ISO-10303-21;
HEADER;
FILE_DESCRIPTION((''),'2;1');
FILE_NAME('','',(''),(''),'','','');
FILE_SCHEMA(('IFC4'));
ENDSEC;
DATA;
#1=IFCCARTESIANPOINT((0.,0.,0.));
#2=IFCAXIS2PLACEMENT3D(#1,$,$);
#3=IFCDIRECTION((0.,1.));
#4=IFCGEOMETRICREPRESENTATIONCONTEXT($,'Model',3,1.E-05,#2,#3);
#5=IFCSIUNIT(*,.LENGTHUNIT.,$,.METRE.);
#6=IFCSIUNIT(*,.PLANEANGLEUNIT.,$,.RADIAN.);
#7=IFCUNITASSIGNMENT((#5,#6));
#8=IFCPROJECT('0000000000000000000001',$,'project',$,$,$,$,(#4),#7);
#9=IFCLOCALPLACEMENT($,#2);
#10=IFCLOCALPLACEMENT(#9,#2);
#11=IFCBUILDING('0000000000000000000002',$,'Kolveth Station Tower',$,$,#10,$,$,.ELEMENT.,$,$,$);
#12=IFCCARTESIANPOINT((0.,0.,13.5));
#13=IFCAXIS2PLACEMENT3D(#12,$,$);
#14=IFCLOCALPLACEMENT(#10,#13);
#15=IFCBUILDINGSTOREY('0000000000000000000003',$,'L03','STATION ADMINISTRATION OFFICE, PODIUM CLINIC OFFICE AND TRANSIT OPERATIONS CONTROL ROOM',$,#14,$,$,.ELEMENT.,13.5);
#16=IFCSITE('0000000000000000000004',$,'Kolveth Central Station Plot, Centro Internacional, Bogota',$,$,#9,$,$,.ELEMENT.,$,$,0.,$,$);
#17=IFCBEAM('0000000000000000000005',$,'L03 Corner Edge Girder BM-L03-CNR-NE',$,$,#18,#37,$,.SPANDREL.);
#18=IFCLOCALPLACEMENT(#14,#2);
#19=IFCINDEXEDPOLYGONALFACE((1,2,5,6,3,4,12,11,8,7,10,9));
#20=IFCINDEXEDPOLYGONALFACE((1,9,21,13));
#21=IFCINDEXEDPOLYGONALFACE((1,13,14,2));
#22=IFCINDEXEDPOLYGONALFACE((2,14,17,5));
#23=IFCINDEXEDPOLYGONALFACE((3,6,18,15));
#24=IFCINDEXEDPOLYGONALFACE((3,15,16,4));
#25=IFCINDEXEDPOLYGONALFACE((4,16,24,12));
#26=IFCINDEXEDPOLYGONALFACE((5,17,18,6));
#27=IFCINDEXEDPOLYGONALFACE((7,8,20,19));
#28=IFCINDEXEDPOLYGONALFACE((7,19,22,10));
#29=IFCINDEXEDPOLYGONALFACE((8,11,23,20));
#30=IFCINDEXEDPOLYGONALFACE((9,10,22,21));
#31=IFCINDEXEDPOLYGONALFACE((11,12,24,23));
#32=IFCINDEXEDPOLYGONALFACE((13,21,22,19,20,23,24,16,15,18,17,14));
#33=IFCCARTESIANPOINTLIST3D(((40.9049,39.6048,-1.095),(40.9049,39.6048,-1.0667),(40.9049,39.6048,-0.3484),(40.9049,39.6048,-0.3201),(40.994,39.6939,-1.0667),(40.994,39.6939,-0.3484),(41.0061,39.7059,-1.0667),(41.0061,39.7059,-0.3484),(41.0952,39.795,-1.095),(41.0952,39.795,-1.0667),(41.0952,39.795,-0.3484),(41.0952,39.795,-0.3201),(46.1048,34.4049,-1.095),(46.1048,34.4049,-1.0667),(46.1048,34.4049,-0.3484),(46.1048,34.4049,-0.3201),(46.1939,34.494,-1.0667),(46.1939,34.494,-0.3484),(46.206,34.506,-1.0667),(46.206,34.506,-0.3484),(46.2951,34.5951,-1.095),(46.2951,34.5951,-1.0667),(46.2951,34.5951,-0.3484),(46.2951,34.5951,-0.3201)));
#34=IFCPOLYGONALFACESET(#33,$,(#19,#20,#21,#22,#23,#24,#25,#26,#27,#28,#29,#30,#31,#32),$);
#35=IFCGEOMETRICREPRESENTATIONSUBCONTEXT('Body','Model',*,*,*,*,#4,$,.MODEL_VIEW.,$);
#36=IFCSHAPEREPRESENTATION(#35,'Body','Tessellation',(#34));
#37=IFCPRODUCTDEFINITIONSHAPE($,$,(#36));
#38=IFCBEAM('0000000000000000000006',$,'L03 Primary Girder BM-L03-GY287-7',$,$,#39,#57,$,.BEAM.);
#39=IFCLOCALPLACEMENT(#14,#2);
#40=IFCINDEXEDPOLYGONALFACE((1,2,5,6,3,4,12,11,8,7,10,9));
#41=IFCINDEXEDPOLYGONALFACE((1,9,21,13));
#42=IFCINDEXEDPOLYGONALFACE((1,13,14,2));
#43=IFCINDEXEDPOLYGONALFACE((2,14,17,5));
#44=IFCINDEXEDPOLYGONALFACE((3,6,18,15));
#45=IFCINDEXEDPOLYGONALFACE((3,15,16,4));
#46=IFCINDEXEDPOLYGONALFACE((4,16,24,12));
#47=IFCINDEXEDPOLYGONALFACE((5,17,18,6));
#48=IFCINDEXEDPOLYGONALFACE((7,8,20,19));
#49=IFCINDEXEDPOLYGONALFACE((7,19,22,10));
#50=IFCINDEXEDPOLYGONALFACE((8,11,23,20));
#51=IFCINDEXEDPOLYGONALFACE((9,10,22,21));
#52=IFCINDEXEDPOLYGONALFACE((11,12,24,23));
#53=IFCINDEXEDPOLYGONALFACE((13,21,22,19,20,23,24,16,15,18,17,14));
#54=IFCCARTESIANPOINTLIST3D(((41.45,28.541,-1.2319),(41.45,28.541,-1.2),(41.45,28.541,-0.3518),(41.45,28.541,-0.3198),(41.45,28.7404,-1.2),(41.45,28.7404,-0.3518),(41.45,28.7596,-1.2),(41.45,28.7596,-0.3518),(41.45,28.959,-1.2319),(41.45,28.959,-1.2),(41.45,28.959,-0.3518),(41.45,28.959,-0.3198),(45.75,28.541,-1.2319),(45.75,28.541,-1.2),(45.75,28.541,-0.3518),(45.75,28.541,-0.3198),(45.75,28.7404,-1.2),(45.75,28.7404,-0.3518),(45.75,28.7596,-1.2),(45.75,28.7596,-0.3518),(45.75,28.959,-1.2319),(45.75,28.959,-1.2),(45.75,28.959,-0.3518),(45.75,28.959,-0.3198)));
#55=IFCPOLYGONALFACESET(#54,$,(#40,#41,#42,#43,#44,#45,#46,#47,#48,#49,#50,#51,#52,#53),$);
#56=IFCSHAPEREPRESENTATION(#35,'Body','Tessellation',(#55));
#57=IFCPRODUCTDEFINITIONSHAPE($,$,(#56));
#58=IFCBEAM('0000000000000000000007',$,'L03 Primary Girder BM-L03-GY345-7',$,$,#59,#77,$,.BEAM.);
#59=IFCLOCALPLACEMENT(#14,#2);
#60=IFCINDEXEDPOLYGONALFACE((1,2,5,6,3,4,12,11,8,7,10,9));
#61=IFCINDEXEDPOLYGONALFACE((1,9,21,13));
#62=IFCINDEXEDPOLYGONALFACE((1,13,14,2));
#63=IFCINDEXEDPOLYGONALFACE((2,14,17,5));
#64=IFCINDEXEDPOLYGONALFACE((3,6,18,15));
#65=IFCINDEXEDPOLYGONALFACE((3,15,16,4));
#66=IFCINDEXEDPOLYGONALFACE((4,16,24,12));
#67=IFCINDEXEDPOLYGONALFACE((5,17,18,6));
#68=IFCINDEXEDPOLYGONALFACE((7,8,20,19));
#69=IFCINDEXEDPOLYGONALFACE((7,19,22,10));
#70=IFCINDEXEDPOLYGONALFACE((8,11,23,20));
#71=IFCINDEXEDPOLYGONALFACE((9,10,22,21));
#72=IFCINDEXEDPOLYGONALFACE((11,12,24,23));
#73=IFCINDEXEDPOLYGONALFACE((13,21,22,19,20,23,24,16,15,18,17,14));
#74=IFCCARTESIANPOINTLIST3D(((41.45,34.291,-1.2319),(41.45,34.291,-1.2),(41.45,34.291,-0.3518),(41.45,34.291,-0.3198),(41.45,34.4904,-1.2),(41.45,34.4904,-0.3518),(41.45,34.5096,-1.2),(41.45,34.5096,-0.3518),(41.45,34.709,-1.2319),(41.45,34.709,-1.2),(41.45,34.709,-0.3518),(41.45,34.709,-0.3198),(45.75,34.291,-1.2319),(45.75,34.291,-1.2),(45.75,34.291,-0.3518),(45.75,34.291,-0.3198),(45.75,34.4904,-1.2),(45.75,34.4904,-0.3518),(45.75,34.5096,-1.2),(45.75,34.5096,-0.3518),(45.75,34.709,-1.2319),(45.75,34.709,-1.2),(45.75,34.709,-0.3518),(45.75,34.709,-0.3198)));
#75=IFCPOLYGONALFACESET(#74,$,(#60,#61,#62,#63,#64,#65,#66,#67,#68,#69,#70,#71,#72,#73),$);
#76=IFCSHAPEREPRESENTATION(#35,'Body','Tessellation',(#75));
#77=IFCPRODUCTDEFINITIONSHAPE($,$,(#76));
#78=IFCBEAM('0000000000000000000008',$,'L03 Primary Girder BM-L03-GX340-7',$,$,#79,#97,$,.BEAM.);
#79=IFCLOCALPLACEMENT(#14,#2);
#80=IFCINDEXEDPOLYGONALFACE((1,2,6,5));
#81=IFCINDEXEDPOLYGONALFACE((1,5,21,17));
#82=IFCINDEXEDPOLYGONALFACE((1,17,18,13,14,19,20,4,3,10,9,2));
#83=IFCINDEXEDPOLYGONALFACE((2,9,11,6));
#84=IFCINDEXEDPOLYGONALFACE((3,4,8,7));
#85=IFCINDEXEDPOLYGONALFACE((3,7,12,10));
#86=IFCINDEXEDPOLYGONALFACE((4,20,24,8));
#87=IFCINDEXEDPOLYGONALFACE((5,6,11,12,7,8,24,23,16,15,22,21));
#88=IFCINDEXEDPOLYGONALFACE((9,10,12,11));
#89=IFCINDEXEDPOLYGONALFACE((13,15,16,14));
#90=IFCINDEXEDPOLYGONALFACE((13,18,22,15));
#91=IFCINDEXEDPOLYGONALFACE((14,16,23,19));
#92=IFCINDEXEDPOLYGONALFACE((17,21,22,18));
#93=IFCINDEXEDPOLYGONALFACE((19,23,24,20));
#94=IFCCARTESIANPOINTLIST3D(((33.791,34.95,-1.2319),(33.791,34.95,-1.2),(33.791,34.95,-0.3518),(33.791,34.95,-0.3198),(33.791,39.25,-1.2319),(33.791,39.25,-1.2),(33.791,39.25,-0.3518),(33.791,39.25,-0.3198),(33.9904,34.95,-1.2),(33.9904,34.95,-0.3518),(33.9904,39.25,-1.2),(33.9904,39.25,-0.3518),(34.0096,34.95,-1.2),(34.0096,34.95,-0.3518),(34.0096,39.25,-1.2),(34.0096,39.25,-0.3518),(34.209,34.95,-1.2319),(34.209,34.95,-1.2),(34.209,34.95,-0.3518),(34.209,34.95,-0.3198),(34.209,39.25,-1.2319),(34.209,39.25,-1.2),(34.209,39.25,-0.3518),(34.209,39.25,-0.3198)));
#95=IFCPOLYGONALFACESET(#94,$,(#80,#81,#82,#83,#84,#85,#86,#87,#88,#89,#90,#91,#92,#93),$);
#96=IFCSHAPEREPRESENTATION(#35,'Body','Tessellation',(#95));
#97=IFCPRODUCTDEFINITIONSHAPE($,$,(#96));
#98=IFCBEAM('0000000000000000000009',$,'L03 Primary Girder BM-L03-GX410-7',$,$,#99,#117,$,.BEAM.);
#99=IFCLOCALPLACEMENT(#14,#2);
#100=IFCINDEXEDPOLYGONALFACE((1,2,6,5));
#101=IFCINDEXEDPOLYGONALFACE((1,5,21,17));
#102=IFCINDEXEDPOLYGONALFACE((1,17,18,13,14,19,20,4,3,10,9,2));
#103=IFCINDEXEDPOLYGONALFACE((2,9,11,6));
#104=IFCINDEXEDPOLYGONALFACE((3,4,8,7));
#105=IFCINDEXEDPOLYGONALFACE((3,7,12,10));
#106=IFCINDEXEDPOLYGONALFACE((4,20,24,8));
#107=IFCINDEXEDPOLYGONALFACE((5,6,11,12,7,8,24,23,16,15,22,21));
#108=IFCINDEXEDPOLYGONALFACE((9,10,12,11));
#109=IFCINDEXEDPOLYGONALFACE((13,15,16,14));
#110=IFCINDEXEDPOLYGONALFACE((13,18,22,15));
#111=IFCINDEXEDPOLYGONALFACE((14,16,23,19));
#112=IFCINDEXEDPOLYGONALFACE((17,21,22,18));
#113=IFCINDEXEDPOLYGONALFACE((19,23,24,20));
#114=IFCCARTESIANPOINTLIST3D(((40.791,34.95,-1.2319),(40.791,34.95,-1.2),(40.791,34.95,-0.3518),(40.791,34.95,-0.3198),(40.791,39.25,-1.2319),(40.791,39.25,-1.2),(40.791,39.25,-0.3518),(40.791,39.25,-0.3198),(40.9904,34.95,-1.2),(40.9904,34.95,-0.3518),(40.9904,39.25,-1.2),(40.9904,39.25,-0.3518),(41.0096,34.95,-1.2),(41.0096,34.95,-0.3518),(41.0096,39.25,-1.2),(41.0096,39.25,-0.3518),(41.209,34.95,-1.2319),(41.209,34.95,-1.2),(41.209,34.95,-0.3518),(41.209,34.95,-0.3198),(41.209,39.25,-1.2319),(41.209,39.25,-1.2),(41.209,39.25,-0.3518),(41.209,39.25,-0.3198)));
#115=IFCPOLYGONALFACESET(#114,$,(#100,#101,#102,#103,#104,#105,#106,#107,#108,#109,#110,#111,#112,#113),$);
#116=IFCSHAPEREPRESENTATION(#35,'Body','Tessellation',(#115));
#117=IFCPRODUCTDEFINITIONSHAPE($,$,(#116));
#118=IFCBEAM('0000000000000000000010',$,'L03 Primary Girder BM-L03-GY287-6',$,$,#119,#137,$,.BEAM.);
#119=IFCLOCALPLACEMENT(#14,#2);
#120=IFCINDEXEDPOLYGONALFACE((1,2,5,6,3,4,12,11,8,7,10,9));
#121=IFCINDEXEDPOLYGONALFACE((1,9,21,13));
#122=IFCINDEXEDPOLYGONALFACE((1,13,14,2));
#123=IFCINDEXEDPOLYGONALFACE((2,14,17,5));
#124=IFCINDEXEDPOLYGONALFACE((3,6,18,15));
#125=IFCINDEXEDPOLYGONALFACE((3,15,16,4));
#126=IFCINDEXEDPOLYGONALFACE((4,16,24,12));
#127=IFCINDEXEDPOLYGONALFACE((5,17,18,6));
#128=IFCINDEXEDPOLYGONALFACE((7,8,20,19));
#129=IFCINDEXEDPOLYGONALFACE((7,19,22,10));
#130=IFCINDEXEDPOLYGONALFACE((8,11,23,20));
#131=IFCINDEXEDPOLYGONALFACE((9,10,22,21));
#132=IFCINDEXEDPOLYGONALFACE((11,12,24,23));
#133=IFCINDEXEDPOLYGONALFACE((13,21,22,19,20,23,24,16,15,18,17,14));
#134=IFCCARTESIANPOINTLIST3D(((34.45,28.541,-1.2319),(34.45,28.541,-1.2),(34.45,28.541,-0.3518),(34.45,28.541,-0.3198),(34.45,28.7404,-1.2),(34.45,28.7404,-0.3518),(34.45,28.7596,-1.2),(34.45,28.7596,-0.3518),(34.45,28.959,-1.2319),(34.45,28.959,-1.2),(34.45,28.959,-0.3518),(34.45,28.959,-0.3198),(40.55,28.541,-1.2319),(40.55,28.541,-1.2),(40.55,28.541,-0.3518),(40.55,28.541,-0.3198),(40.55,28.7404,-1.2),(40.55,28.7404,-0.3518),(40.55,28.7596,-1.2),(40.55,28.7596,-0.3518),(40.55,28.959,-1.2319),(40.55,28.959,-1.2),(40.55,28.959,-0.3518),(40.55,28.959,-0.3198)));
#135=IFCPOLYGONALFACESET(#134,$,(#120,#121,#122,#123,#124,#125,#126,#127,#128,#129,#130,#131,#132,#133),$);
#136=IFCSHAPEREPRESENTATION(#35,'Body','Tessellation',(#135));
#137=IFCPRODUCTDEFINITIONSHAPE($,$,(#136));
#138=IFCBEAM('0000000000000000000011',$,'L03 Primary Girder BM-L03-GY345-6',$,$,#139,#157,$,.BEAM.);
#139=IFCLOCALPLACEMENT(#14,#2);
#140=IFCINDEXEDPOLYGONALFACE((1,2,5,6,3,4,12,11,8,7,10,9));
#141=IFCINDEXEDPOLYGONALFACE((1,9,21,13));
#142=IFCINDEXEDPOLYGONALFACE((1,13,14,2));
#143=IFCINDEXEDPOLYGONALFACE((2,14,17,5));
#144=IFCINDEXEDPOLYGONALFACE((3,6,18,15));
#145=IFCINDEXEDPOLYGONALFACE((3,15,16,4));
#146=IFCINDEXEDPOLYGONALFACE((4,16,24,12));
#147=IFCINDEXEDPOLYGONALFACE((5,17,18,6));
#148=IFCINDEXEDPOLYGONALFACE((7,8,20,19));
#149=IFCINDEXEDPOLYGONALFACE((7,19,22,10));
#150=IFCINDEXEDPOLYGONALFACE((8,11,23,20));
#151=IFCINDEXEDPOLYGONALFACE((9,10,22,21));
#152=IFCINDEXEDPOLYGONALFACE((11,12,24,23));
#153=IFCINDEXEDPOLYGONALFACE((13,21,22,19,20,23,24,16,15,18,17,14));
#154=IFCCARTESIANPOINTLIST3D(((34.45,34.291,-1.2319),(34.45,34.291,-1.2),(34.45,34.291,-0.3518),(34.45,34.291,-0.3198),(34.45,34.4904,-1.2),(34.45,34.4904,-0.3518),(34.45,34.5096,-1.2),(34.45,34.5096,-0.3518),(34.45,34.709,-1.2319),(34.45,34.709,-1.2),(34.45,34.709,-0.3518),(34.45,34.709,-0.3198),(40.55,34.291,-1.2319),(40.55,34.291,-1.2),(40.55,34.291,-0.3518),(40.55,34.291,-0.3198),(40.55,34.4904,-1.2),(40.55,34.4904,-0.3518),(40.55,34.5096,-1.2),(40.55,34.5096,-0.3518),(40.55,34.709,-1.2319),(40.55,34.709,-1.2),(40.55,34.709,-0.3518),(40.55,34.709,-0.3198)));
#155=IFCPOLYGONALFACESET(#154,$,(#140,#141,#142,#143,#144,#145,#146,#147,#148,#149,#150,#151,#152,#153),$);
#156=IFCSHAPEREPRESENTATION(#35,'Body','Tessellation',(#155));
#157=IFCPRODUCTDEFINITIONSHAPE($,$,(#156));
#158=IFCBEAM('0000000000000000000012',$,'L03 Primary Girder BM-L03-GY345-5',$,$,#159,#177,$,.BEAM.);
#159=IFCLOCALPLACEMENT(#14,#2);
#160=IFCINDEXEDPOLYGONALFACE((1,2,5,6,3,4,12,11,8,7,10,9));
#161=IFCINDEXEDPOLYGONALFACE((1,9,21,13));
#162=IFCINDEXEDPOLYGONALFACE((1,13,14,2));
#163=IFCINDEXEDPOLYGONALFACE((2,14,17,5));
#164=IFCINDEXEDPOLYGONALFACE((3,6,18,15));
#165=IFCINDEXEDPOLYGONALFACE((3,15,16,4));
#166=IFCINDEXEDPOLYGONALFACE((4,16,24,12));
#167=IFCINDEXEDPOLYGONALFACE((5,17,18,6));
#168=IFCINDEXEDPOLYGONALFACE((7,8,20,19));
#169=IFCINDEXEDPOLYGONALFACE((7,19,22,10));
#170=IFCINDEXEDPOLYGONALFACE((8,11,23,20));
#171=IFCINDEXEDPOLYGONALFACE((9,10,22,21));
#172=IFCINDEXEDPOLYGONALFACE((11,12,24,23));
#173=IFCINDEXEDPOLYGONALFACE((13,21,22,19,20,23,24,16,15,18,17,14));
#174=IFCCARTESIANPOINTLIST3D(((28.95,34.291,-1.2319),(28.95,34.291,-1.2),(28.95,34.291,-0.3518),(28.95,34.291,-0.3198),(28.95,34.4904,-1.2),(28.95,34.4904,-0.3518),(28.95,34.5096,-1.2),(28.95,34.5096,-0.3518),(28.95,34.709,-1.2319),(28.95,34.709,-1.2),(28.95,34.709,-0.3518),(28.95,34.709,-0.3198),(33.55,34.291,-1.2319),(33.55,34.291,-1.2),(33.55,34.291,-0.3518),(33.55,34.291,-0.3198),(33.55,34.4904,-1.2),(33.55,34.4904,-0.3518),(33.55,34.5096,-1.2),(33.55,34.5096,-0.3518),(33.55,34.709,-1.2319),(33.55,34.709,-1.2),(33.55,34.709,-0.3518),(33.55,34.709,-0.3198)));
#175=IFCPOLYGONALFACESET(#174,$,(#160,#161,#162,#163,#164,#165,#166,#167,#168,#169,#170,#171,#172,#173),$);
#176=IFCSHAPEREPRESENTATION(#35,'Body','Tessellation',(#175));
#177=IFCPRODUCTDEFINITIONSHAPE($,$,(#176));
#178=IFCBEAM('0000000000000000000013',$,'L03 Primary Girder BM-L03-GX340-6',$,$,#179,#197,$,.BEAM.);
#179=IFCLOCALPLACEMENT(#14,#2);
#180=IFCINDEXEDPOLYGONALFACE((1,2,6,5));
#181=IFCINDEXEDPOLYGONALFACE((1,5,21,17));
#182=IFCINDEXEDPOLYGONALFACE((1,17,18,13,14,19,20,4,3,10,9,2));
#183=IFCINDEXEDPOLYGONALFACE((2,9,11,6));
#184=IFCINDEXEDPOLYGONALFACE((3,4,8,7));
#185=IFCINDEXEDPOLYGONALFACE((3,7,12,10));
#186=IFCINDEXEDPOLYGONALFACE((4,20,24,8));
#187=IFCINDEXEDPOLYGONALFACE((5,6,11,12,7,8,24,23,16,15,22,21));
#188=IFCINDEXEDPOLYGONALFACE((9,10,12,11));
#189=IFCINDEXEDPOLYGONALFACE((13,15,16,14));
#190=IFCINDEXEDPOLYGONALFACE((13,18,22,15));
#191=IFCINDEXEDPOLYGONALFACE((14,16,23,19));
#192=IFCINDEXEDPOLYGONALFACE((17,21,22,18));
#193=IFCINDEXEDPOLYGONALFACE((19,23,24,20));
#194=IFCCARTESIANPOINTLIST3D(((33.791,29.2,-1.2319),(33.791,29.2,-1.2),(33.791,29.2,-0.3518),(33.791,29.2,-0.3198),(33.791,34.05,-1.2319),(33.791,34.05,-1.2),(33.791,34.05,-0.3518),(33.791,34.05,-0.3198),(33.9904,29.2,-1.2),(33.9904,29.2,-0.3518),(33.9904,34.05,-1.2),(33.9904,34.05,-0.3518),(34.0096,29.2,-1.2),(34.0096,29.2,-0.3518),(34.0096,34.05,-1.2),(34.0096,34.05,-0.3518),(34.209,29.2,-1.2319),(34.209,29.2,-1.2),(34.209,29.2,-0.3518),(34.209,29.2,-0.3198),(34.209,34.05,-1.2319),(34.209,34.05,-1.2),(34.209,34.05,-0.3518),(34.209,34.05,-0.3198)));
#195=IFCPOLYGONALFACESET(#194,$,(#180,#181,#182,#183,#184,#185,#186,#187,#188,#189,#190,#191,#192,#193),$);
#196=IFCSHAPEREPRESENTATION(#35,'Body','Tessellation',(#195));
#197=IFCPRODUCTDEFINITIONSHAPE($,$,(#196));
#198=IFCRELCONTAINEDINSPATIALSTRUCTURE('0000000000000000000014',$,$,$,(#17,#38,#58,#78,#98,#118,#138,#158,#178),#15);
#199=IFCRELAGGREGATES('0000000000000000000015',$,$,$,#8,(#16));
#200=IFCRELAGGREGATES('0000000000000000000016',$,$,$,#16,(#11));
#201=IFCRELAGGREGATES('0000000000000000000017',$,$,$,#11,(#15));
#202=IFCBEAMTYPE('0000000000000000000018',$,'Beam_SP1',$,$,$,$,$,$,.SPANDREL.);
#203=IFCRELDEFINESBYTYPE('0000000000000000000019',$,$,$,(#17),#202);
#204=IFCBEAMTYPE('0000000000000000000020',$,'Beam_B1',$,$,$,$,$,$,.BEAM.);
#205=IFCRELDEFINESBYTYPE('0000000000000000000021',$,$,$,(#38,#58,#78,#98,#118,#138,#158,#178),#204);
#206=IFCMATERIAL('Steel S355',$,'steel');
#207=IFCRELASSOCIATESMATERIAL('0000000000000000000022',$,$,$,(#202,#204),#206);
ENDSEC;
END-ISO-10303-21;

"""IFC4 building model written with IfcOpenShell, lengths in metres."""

from ifc_helpers import new_model, si_unit, direction, frame, origin, origin_2d, place, context, subcontext, project, spatial, i_section, extrude, source, transform, mapped, material, material_profile, profile_set, type_object, element, save


model = new_model("IFC4")

# Units and contexts
model_context = context("Model", 3, precision=1e-05, world=origin(), true_north=direction((0.0, 1.0)))
body_context = subcontext(model_context, "Body", "Model", "MODEL_VIEW")
ifc_project = project(units=[si_unit("LENGTHUNIT", "METRE"), si_unit("PLANEANGLEUNIT", "RADIAN")], contexts=[model_context])

# Site, building, storey
site_placement = place(None, origin())
site = spatial("IfcSite", under=ifc_project, at=site_placement, Name="Kolveth Central Station Plot, Centro Internacional, Bogota", CompositionType="ELEMENT", RefElevation=0.0)
building_placement = place(site_placement, origin())
building = spatial("IfcBuilding", under=site, at=building_placement, Name="Kolveth Station Tower", CompositionType="ELEMENT")
storey_placement = place(building_placement, frame((0.0, 0.0, 13.5)))
storey = spatial("IfcBuildingStorey", under=building, at=storey_placement, Name="L03", Description="STATION ADMINISTRATION OFFICE, PODIUM CLINIC OFFICE AND TRANSIT OPERATIONS CONTROL ROOM", CompositionType="ELEMENT", Elevation=13.5)

# Beams
ifc_material_1 = material(Name="Steel S355", Category="steel")
ifc_material_profile_1 = material_profile(ifc_material_1, i_section(OverallWidth=0.269, OverallDepth=0.7749, WebThickness=0.0171, FlangeThickness=0.0283, at=origin_2d()), Name="W760x220")
ifc_profile_set_1 = profile_set([ifc_material_profile_1], Name="Steel S355")
beam_type_1 = type_object("IfcBeamType", Name="Beam_SP1", PredefinedType="SPANDREL", material=ifc_profile_set_1)
shared_shape_1 = source(origin(), body_context, "Body", "SweptSolid", [
    extrude(i_section(OverallWidth=0.269, OverallDepth=0.7749, WebThickness=0.0171, FlangeThickness=0.0283, at=origin_2d()), origin(), (0.0, 0.0, 1.0), 7.3538),
])
beam_1_placement = place(storey_placement, frame((46.2, 34.5, -0.7075), z_axis=(-0.707107, 0.707107, 0.0), x_axis=(-0.707107, -0.707107, 0.0)))
element("IfcBeam", 1, at=beam_1_placement, inside=storey, type_object=beam_type_1, Name="L03 Corner Edge Girder BM-L03-CNR-NE", PredefinedType="SPANDREL", context=body_context, shape_type="MappedRepresentation", body=[
    mapped(shared_shape_1, transform((0.0, 0.0, 0.0), x_axis=(1.0, 0.0, 0.0), y_axis=(0.0, 1.0, 0.0), z_axis=(0.0, 0.0, 1.0), scale=1.0)),
])
ifc_material_profile_2 = material_profile(ifc_material_1, i_section(OverallWidth=0.418, OverallDepth=0.9121, WebThickness=0.0193, FlangeThickness=0.032, at=origin_2d()), Name="W920x342")
ifc_profile_set_2 = profile_set([ifc_material_profile_2], Name="Steel S355")
beam_type_2 = type_object("IfcBeamType", Name="Beam_B1", PredefinedType="BEAM", material=ifc_profile_set_2)
shared_shape_2 = source(origin(), body_context, "Body", "SweptSolid", [
    extrude(i_section(OverallWidth=0.418, OverallDepth=0.9121, WebThickness=0.0193, FlangeThickness=0.032, at=origin_2d()), origin(), (0.0, 0.0, 1.0), 4.3),
])
for number, where, z_axis, x_axis, name in (
    (2, (41.45, 28.75, -0.7759), (1.0, 0.0, 0.0), (0.0, 1.0, 0.0), "L03 Primary Girder BM-L03-GY287-7"),
    (3, (41.45, 34.5, -0.7759), (1.0, 0.0, 0.0), (0.0, 1.0, 0.0), "L03 Primary Girder BM-L03-GY345-7"),
    (4, (34.0, 34.95, -0.7759), (0.0, 1.0, 0.0), (-1.0, 0.0, 0.0), "L03 Primary Girder BM-L03-GX340-7"),
    (5, (41.0, 34.95, -0.7759), (0.0, 1.0, 0.0), (-1.0, 0.0, 0.0), "L03 Primary Girder BM-L03-GX410-7"),
):
    element("IfcBeam", number, at=place(storey_placement, frame(where, z_axis=z_axis, x_axis=x_axis)), inside=storey, type_object=beam_type_2, Name=name, PredefinedType="BEAM", context=body_context, shape_type="MappedRepresentation", body=[
        mapped(shared_shape_2, transform((0.0, 0.0, 0.0), x_axis=(1.0, 0.0, 0.0), y_axis=(0.0, 1.0, 0.0), z_axis=(0.0, 0.0, 1.0), scale=1.0)),
    ])
shared_shape_3 = source(origin(), body_context, "Body", "SweptSolid", [
    extrude(i_section(OverallWidth=0.418, OverallDepth=0.9121, WebThickness=0.0193, FlangeThickness=0.032, at=origin_2d()), origin(), (0.0, 0.0, 1.0), 6.1001),
])
for number, where, z_axis, x_axis, name in (
    (6, (34.45, 28.75, -0.7759), (1.0, 0.0, 0.0), (0.0, 1.0, 0.0), "L03 Primary Girder BM-L03-GY287-6"),
    (7, (34.45, 34.5, -0.7759), (1.0, 0.0, 0.0), (0.0, 1.0, 0.0), "L03 Primary Girder BM-L03-GY345-6"),
):
    element("IfcBeam", number, at=place(storey_placement, frame(where, z_axis=z_axis, x_axis=x_axis)), inside=storey, type_object=beam_type_2, Name=name, PredefinedType="BEAM", context=body_context, shape_type="MappedRepresentation", body=[
        mapped(shared_shape_3, transform((0.0, 0.0, 0.0), x_axis=(1.0, 0.0, 0.0), y_axis=(0.0, 1.0, 0.0), z_axis=(0.0, 0.0, 1.0), scale=1.0)),
    ])
shared_shape_4 = source(origin(), body_context, "Body", "SweptSolid", [
    extrude(i_section(OverallWidth=0.418, OverallDepth=0.9121, WebThickness=0.0193, FlangeThickness=0.032, at=origin_2d()), origin(), (0.0, 0.0, 1.0), 4.6001),
])
beam_2_placement = place(storey_placement, frame((28.95, 34.5, -0.7759), z_axis=(1.0, 0.0, 0.0), x_axis=(0.0, 1.0, 0.0)))
element("IfcBeam", 8, at=beam_2_placement, inside=storey, type_object=beam_type_2, Name="L03 Primary Girder BM-L03-GY345-5", PredefinedType="BEAM", context=body_context, shape_type="MappedRepresentation", body=[
    mapped(shared_shape_4, transform((0.0, 0.0, 0.0), x_axis=(1.0, 0.0, 0.0), y_axis=(0.0, 1.0, 0.0), z_axis=(0.0, 0.0, 1.0), scale=1.0)),
])
shared_shape_5 = source(origin(), body_context, "Body", "SweptSolid", [
    extrude(i_section(OverallWidth=0.418, OverallDepth=0.9121, WebThickness=0.0193, FlangeThickness=0.032, at=origin_2d()), origin(), (0.0, 0.0, 1.0), 4.8501),
])
for number, where, z_axis, x_axis, name in (
    (9, (34.0, 29.2, -0.7759), (0.0, 1.0, 0.0), (-1.0, 0.0, 0.0), "L03 Primary Girder BM-L03-GX340-6"),
):
    element("IfcBeam", number, at=place(storey_placement, frame(where, z_axis=z_axis, x_axis=x_axis)), inside=storey, type_object=beam_type_2, Name=name, PredefinedType="BEAM", context=body_context, shape_type="MappedRepresentation", body=[
        mapped(shared_shape_5, transform((0.0, 0.0, 0.0), x_axis=(1.0, 0.0, 0.0), y_axis=(0.0, 1.0, 0.0), z_axis=(0.0, 0.0, 1.0), scale=1.0)),
    ])

save(model, "model.ifc")
